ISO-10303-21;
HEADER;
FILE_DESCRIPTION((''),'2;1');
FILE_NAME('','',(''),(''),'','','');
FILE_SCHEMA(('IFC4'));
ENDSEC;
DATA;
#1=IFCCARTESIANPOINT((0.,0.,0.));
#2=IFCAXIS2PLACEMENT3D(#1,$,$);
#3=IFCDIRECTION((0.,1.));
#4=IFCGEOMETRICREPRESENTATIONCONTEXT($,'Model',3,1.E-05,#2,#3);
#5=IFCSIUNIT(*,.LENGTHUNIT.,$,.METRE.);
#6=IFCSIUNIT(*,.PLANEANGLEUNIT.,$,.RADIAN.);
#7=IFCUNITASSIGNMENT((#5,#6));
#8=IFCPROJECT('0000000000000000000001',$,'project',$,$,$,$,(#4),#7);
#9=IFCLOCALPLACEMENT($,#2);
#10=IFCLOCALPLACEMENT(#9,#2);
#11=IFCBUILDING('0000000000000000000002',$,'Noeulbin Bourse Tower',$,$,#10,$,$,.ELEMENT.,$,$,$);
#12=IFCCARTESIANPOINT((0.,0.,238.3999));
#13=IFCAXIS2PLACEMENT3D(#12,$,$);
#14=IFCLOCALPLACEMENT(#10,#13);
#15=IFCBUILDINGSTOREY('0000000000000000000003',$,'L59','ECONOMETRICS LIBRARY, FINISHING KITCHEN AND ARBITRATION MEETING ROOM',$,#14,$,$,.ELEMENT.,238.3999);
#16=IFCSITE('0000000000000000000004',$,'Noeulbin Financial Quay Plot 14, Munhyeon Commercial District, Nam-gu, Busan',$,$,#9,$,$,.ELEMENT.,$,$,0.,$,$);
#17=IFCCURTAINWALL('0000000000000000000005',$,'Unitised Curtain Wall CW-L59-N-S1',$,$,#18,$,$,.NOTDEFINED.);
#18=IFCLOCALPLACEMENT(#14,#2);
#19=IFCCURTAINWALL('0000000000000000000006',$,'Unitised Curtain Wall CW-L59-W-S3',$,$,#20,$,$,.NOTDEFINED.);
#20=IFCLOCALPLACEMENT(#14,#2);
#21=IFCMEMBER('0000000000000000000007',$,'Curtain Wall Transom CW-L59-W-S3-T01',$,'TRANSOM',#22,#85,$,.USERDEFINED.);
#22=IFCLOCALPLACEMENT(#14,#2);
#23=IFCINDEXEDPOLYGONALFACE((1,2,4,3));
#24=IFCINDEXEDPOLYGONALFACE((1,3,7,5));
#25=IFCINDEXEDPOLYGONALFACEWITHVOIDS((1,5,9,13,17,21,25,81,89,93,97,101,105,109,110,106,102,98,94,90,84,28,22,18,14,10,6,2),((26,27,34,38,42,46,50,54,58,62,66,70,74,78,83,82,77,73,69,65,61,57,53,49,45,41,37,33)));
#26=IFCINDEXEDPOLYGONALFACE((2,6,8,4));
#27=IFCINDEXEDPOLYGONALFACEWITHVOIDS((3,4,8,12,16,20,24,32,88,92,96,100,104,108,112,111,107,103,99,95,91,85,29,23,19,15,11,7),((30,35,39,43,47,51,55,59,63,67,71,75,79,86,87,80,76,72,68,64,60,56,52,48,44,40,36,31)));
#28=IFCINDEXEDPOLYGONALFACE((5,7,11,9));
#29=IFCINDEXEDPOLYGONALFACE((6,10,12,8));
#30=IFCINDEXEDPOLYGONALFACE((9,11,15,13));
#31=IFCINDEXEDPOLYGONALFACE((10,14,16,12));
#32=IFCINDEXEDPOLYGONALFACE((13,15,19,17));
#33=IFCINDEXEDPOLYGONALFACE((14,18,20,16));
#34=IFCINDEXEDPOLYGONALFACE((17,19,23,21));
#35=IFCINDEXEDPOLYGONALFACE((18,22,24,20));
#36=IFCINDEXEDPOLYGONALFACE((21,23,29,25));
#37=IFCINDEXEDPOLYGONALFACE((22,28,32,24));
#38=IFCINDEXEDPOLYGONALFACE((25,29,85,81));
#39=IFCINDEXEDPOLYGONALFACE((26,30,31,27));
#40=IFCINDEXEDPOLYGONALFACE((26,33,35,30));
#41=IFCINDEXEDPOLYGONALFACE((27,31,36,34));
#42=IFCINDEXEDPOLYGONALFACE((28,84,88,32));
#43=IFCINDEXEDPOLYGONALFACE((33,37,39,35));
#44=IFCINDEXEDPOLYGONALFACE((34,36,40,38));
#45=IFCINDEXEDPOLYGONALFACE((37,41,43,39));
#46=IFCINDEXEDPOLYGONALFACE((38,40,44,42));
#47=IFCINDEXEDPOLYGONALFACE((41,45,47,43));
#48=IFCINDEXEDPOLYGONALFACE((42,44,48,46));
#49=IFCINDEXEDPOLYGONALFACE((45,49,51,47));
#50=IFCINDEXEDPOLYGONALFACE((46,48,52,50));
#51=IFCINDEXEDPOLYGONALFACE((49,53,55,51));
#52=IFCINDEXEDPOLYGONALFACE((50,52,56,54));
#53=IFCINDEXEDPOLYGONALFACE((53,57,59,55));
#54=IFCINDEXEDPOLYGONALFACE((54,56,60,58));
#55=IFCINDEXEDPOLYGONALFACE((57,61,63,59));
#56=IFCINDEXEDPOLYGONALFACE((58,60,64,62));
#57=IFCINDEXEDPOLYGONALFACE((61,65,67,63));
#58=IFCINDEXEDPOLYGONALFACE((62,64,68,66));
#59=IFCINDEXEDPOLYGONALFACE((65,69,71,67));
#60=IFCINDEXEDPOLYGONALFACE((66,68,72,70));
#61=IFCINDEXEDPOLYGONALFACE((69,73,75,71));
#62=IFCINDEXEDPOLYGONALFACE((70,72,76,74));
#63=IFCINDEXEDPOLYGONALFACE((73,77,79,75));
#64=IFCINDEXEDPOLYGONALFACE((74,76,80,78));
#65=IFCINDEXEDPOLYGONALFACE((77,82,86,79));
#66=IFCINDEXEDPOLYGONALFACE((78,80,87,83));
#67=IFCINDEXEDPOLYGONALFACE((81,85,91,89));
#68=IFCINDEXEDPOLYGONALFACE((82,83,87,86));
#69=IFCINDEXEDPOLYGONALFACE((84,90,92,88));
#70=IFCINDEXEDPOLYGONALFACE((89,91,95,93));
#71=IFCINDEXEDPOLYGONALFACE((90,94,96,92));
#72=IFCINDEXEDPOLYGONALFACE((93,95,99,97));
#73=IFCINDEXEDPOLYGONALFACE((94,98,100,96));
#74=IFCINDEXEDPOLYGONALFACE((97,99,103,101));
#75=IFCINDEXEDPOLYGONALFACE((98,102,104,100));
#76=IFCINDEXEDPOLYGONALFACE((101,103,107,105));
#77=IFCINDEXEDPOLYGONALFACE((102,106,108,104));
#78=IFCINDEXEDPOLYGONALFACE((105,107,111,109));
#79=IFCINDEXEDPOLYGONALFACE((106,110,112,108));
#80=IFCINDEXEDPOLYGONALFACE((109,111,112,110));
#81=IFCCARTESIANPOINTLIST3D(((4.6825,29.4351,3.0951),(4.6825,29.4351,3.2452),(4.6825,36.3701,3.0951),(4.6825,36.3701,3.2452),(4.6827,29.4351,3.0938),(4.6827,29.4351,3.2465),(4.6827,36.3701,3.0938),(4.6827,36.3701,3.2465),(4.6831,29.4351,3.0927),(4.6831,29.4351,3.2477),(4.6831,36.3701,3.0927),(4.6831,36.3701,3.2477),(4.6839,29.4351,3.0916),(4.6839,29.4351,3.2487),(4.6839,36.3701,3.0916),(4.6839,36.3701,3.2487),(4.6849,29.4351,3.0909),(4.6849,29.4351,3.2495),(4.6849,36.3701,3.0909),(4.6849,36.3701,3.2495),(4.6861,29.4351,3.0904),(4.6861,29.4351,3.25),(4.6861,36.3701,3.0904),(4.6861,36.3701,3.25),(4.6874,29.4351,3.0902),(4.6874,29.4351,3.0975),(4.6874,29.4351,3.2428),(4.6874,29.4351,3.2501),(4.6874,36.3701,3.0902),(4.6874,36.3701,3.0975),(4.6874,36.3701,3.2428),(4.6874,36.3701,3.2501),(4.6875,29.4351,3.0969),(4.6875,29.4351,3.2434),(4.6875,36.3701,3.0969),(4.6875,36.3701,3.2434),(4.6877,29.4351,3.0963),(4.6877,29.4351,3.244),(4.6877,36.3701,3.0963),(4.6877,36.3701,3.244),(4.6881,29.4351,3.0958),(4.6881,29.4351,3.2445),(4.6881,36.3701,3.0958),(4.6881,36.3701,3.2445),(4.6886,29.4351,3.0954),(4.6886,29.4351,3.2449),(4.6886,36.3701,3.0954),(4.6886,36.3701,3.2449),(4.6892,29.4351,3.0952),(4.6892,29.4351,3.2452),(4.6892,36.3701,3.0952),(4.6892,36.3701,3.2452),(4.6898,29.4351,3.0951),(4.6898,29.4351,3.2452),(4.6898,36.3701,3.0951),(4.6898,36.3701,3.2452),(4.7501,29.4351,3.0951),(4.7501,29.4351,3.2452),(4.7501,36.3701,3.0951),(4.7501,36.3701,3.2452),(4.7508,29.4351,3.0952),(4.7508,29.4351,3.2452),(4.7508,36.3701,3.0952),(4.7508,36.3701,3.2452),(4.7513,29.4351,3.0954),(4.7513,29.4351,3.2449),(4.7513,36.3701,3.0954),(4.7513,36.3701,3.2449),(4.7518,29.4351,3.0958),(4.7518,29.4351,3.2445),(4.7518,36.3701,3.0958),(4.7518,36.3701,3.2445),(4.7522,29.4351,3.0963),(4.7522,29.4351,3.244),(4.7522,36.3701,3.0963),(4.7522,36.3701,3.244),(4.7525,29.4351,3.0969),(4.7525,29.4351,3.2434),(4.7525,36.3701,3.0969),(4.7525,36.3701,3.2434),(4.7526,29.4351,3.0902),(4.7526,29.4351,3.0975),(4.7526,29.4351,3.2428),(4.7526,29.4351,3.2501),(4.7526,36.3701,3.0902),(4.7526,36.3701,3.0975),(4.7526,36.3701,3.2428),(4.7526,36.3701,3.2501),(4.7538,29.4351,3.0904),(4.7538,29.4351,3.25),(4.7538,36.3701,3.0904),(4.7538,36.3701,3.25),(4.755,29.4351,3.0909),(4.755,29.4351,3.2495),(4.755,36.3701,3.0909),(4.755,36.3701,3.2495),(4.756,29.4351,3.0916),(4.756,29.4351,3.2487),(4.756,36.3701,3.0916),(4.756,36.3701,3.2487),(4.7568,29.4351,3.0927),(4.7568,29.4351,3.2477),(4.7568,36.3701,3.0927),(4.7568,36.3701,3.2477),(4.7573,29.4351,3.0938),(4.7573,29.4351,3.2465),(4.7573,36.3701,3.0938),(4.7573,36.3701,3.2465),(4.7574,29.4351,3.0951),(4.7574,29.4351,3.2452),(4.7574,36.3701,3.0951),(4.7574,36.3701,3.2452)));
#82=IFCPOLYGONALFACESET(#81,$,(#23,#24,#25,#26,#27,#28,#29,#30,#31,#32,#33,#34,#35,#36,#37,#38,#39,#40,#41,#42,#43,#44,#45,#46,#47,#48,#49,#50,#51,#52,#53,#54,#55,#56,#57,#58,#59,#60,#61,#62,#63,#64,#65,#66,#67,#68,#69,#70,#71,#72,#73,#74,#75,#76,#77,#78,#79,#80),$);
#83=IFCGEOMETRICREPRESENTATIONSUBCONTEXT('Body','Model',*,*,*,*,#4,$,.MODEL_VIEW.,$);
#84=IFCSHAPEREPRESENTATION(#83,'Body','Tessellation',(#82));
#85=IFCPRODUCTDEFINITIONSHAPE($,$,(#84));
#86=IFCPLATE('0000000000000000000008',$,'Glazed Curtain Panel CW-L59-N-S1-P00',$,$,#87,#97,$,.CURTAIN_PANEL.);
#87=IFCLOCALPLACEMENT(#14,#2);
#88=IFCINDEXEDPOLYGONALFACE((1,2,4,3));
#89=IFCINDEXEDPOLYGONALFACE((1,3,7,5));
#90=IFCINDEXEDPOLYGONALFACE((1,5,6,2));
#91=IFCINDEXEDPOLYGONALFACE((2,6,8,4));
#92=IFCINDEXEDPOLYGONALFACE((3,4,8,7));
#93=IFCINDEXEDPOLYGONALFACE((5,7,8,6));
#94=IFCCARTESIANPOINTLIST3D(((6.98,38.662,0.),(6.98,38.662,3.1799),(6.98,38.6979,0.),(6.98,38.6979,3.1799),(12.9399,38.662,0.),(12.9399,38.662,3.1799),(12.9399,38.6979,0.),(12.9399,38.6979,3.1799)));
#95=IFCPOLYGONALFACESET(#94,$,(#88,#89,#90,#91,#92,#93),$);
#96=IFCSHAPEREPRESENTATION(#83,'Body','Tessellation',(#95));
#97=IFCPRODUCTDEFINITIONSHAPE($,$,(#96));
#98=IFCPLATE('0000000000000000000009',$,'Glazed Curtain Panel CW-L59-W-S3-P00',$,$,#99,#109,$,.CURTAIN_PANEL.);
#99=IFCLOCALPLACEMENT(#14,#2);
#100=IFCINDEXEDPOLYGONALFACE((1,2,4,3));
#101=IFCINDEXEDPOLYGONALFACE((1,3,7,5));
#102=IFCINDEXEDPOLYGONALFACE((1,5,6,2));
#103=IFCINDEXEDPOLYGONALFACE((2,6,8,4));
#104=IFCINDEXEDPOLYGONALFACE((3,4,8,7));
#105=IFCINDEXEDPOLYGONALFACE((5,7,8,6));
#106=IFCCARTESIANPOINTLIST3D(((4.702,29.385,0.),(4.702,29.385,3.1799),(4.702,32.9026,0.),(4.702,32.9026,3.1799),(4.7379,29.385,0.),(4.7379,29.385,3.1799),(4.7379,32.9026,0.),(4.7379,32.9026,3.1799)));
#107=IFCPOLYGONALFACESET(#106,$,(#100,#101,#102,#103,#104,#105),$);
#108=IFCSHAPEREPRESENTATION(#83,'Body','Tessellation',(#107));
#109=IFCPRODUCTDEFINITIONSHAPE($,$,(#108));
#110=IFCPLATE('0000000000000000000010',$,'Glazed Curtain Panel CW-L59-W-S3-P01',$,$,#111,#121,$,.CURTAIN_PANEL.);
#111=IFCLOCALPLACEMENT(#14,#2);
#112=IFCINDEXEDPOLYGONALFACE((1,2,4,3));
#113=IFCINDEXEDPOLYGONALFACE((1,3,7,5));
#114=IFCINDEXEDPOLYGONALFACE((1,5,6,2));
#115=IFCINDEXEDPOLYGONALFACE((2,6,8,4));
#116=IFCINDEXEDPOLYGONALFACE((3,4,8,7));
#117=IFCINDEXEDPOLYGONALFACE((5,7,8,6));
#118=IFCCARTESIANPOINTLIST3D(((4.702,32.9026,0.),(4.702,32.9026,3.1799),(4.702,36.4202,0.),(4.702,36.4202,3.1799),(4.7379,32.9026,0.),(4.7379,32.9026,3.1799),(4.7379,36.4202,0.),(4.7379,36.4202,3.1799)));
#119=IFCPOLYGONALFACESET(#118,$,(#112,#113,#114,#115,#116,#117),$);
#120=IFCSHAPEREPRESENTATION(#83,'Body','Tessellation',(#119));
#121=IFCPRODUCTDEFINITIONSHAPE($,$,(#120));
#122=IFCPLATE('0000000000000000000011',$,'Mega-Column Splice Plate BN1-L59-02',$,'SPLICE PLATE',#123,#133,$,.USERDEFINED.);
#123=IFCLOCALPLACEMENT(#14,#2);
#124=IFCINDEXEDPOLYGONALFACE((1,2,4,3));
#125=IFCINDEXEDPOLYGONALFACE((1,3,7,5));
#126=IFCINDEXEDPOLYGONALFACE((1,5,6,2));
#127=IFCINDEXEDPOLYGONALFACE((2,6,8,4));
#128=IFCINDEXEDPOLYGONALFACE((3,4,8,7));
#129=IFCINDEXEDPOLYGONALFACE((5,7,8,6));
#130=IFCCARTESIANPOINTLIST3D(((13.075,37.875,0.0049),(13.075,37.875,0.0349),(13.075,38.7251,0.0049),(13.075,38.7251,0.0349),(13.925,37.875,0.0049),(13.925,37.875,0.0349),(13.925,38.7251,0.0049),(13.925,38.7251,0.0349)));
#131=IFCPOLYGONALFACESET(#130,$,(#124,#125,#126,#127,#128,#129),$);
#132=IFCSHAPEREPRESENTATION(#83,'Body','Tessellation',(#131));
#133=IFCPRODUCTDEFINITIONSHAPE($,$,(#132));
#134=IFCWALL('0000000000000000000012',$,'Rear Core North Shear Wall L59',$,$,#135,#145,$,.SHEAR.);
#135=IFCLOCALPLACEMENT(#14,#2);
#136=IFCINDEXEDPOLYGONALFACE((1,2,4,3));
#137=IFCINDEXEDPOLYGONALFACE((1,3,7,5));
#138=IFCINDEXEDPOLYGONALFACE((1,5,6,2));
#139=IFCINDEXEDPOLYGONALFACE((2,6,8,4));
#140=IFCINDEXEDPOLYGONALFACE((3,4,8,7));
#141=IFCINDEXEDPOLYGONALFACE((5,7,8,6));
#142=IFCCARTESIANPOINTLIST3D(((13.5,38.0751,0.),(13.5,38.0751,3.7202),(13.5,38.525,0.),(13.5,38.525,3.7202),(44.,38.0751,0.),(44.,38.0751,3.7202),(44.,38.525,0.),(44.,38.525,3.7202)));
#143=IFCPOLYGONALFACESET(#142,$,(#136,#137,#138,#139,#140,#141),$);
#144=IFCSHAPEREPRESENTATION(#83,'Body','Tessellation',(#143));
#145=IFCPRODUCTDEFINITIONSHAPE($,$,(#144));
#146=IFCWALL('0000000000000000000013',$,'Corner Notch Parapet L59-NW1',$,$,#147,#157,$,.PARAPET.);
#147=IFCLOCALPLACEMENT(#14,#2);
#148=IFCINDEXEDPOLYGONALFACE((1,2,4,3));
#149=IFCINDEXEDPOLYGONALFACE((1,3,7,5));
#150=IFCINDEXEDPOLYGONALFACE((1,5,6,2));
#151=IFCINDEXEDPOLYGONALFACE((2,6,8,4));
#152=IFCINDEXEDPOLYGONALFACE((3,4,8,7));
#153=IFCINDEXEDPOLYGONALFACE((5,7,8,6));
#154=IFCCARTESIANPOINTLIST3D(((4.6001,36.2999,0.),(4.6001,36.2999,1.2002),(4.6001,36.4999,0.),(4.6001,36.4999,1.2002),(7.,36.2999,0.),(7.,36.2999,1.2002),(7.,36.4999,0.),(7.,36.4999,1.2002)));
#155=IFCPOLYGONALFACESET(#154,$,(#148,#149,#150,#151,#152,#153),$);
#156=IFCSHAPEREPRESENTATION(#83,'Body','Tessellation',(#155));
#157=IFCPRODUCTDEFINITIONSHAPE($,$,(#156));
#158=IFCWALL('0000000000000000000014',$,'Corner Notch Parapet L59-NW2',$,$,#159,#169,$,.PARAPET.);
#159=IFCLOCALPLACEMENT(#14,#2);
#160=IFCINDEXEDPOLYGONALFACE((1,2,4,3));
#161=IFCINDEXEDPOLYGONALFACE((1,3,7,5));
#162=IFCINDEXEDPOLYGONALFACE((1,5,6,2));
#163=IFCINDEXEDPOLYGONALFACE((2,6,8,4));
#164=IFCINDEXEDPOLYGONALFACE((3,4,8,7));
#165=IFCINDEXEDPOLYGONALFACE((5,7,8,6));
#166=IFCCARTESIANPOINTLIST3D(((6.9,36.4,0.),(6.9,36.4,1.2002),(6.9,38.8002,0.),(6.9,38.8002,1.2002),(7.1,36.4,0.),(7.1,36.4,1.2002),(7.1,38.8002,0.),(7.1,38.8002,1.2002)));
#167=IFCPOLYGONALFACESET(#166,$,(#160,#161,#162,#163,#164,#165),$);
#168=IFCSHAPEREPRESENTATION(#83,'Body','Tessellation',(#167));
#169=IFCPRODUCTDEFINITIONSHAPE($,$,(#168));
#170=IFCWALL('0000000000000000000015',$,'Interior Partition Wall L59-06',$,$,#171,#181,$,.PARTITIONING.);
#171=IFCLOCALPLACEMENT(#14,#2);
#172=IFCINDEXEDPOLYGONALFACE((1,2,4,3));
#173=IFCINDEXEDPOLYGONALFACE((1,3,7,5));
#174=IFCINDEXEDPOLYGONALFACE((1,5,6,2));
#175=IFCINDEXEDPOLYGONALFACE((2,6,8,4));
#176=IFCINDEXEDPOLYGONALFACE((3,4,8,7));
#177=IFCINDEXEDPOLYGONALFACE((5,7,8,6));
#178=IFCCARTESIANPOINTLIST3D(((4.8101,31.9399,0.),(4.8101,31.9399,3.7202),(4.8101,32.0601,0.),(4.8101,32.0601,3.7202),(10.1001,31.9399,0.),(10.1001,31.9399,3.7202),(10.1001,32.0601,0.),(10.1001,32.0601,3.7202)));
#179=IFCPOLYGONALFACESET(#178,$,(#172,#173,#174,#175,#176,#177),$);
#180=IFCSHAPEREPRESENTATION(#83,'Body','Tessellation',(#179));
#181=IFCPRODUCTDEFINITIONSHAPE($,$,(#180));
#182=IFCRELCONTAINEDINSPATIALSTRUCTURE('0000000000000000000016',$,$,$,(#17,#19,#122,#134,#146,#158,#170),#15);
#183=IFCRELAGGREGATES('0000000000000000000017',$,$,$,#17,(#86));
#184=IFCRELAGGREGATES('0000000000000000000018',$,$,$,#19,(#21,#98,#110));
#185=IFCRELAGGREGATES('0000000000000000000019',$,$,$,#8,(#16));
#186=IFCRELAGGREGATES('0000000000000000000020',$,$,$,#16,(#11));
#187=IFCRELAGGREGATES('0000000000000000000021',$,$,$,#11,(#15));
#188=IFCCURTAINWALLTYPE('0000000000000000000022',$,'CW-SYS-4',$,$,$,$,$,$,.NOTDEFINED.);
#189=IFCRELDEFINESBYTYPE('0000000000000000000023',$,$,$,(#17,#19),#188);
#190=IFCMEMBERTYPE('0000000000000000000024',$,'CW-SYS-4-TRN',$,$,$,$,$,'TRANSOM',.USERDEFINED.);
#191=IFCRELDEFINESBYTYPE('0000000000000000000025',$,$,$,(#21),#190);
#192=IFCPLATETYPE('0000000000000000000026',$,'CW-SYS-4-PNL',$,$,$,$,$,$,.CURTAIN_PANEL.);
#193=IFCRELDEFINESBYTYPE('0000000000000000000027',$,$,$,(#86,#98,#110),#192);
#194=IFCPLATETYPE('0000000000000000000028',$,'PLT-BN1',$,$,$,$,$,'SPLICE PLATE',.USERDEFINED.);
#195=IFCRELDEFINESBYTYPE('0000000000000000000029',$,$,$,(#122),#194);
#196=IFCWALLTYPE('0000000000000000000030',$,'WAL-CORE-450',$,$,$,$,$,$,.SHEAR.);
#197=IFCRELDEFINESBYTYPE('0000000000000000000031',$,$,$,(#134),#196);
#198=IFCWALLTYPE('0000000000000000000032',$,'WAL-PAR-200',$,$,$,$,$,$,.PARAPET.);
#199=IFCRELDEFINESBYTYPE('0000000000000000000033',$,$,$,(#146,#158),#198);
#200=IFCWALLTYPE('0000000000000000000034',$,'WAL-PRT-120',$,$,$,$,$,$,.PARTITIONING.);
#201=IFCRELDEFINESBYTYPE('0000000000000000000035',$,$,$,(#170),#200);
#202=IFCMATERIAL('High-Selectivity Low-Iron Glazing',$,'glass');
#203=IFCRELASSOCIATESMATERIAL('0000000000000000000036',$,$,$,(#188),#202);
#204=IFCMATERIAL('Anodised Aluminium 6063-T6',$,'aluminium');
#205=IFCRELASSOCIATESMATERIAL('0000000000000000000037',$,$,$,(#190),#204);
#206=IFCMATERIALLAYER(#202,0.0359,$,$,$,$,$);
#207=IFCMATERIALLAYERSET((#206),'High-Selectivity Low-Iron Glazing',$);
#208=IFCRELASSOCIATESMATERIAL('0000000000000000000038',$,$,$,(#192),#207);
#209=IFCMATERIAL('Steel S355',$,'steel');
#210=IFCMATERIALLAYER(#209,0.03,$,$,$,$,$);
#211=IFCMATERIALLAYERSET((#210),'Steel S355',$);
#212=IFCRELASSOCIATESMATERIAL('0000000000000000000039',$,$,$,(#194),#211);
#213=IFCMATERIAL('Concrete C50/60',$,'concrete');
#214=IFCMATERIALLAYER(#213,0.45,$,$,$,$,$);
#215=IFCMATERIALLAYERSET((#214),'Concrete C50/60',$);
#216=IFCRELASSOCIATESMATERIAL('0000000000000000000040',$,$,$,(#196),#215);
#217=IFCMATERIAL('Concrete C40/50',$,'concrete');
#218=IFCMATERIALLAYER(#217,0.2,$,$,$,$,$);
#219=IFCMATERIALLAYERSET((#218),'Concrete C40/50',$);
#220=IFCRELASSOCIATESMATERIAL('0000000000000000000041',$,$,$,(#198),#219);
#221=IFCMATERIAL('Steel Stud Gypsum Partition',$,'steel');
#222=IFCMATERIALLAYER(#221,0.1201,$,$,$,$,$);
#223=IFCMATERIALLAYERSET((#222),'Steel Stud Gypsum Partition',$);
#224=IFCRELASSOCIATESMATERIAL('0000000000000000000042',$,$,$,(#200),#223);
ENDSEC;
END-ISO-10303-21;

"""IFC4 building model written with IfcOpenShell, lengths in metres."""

from ifc_helpers import new_model, si_unit, direction, frame, frame_2d, origin, origin_2d, place, context, subcontext, project, spatial, rectangle, hollow_rectangle, extrude, material, layer, layer_set, material_profile, profile_set, type_object, element, aggregate, save


model = new_model("IFC4")

# Units and contexts
model_context = context("Model", 3, precision=1e-05, world=origin(), true_north=direction((0.0, 1.0)))
body_context = subcontext(model_context, "Body", "Model", "MODEL_VIEW")
ifc_project = project(units=[si_unit("LENGTHUNIT", "METRE"), si_unit("PLANEANGLEUNIT", "RADIAN")], contexts=[model_context])

# Site, building, storey
site_placement = place(None, origin())
site = spatial("IfcSite", under=ifc_project, at=site_placement, Name="Noeulbin Financial Quay Plot 14, Munhyeon Commercial District, Nam-gu, Busan", CompositionType="ELEMENT", RefElevation=0.0)
building_placement = place(site_placement, origin())
building = spatial("IfcBuilding", under=site, at=building_placement, Name="Noeulbin Bourse Tower", CompositionType="ELEMENT")
storey_placement = place(building_placement, frame((0.0, 0.0, 238.3999)))
storey = spatial("IfcBuildingStorey", under=building, at=storey_placement, Name="L59", Description="ECONOMETRICS LIBRARY, FINISHING KITCHEN AND ARBITRATION MEETING ROOM", CompositionType="ELEMENT", Elevation=238.3999)

# Shared definitions
ifc_material_1 = material(Name="Steel S355", Category="steel")

# Curtain wall
ifc_material_2 = material(Name="High-Selectivity Low-Iron Glazing", Category="glass")
curtain_wall_type = type_object("IfcCurtainWallType", Name="CW-SYS-4", PredefinedType="NOTDEFINED", material=ifc_material_2)
curtain_wall_1_placement = place(storey_placement, origin())
curtain_wall_1 = element("IfcCurtainWall", 1, at=curtain_wall_1_placement, inside=storey, type_object=curtain_wall_type, Name="Unitised Curtain Wall CW-L59-N-S1", PredefinedType="NOTDEFINED")
ifc_material_3 = material(Name="Anodised Aluminium 6063-T6", Category="aluminium")

# Curtain wall
curtain_wall_2_placement = place(storey_placement, origin())
curtain_wall_2 = element("IfcCurtainWall", 2, at=curtain_wall_2_placement, inside=storey, type_object=curtain_wall_type, Name="Unitised Curtain Wall CW-L59-W-S3", PredefinedType="NOTDEFINED")

# Member
ifc_material_profile_1 = material_profile(ifc_material_3, hollow_rectangle(XDim=0.075, YDim=0.1599, WallThickness=0.0049, InnerFilletRadius=0.0024, OuterFilletRadius=0.0049, at=origin_2d()), Name="ALU-TRAN-75x160x5", Category="LoadBearing")
ifc_profile_set_1 = profile_set([ifc_material_profile_1], Name="Anodised Aluminium 6063-T6")
member_type_1 = type_object("IfcMemberType", Name="CW-SYS-4-TRN", ElementType="TRANSOM", PredefinedType="USERDEFINED", material=ifc_profile_set_1)
member_1_placement = place(storey_placement, frame((4.72, 29.4351, 3.1702), z_axis=(0.0, 1.0, 0.0), x_axis=(-1.0, 0.0, 0.0)))
member_1 = element("IfcMember", 3, at=member_1_placement, type_object=member_type_1, Name="Curtain Wall Transom CW-L59-W-S3-T01", ObjectType="TRANSOM", PredefinedType="USERDEFINED", context=body_context, shape_type="SweptSolid", body=[
    extrude(hollow_rectangle(XDim=0.075, YDim=0.1599, WallThickness=0.0049, InnerFilletRadius=0.0024, OuterFilletRadius=0.0049, at=origin_2d()), origin(), (0.0, 0.0, 1.0), 6.9351),
])

# Plates
ifc_layer_1 = layer(ifc_material_2, 0.0359)
ifc_layer_set_1 = layer_set([ifc_layer_1], Name="High-Selectivity Low-Iron Glazing")
plate_type_1 = type_object("IfcPlateType", Name="CW-SYS-4-PNL", PredefinedType="CURTAIN_PANEL", material=ifc_layer_set_1)
plate_1_placement = place(storey_placement, frame((9.96, 38.6799, 0.0), z_axis=(0.0, 0.0, 1.0), x_axis=(1.0, 0.0, 0.0)))
plate_1 = element("IfcPlate", 4, at=plate_1_placement, type_object=plate_type_1, Name="Glazed Curtain Panel CW-L59-N-S1-P00", PredefinedType="CURTAIN_PANEL", context=body_context, shape_type="SweptSolid", body=[
    extrude(rectangle(XDim=5.96, YDim=0.0359, at=origin_2d()), origin(), (0.0, 0.0, 1.0), 3.1799),
])
aggregate(curtain_wall_1, [plate_1])
plate_2_placement = place(storey_placement, frame((4.72, 31.1438, 0.0), z_axis=(0.0, 0.0, 1.0), x_axis=(0.0, 1.0, 0.0)))
plate_2 = element("IfcPlate", 5, at=plate_2_placement, type_object=plate_type_1, Name="Glazed Curtain Panel CW-L59-W-S3-P00", PredefinedType="CURTAIN_PANEL", context=body_context, shape_type="SweptSolid", body=[
    extrude(rectangle(XDim=3.5176, YDim=0.0359, at=origin_2d()), origin(), (0.0, 0.0, 1.0), 3.1799),
])
plate_3_placement = place(storey_placement, frame((4.72, 34.6614, 0.0), z_axis=(0.0, 0.0, 1.0), x_axis=(0.0, 1.0, 0.0)))
plate_3 = element("IfcPlate", 6, at=plate_3_placement, type_object=plate_type_1, Name="Glazed Curtain Panel CW-L59-W-S3-P01", PredefinedType="CURTAIN_PANEL", context=body_context, shape_type="SweptSolid", body=[
    extrude(rectangle(XDim=3.5176, YDim=0.0359, at=origin_2d()), origin(), (0.0, 0.0, 1.0), 3.1799),
])
aggregate(curtain_wall_2, [member_1, plate_2, plate_3])
ifc_layer_2 = layer(ifc_material_1, 0.03)
ifc_layer_set_2 = layer_set([ifc_layer_2], Name="Steel S355")
plate_type_2 = type_object("IfcPlateType", Name="PLT-BN1", ElementType="SPLICE PLATE", PredefinedType="USERDEFINED", material=ifc_layer_set_2)
plate_4_placement = place(storey_placement, frame((13.5, 38.3, 0.0049), z_axis=(0.0, 0.0, 1.0), x_axis=(1.0, 0.0, 0.0)))
element("IfcPlate", 7, at=plate_4_placement, inside=storey, type_object=plate_type_2, Name="Mega-Column Splice Plate BN1-L59-02", ObjectType="SPLICE PLATE", PredefinedType="USERDEFINED", context=body_context, shape_type="SweptSolid", body=[
    extrude(rectangle(XDim=0.8501, YDim=0.8501, at=origin_2d()), origin(), (0.0, 0.0, 1.0), 0.03),
])

# Walls
ifc_material_4 = material(Name="Concrete C50/60", Category="concrete")
ifc_layer_3 = layer(ifc_material_4, 0.45)
ifc_layer_set_3 = layer_set([ifc_layer_3], Name="Concrete C50/60")
wall_type_1 = type_object("IfcWallType", Name="WAL-CORE-450", PredefinedType="SHEAR", material=ifc_layer_set_3)
wall_1_placement = place(storey_placement, frame((13.5, 38.3, 0.0), z_axis=(0.0, 0.0, 1.0), x_axis=(1.0, 0.0, 0.0)))
element("IfcWall", 8, at=wall_1_placement, inside=storey, type_object=wall_type_1, Name="Rear Core North Shear Wall L59", PredefinedType="SHEAR", context=body_context, shape_type="SweptSolid", body=[
    extrude(rectangle(XDim=30.5, YDim=0.45, at=frame_2d((15.25, 0.0))), origin(), (0.0, 0.0, 1.0), 3.7202),
])
ifc_material_5 = material(Name="Concrete C40/50", Category="concrete")
ifc_layer_4 = layer(ifc_material_5, 0.2)
ifc_layer_set_4 = layer_set([ifc_layer_4], Name="Concrete C40/50")
wall_type_2 = type_object("IfcWallType", Name="WAL-PAR-200", PredefinedType="PARAPET", material=ifc_layer_set_4)
wall_2_placement = place(storey_placement, frame((4.6001, 36.3999, 0.0), z_axis=(0.0, 0.0, 1.0), x_axis=(1.0, 0.0, 0.0)))
element("IfcWall", 9, at=wall_2_placement, inside=storey, type_object=wall_type_2, Name="Corner Notch Parapet L59-NW1", PredefinedType="PARAPET", context=body_context, shape_type="SweptSolid", body=[
    extrude(rectangle(XDim=2.3999, YDim=0.2, at=frame_2d((1.2, 0.0))), origin(), (0.0, 0.0, 1.0), 1.2002),
])
wall_3_placement = place(storey_placement, frame((7.0, 36.3999, 0.0), z_axis=(0.0, 0.0, 1.0), x_axis=(0.0, 1.0, 0.0)))
element("IfcWall", 10, at=wall_3_placement, inside=storey, type_object=wall_type_2, Name="Corner Notch Parapet L59-NW2", PredefinedType="PARAPET", context=body_context, shape_type="SweptSolid", body=[
    extrude(rectangle(XDim=2.4001, YDim=0.2, at=frame_2d((1.2002, 0.0))), origin(), (0.0, 0.0, 1.0), 1.2002),
])
ifc_material_6 = material(Name="Steel Stud Gypsum Partition", Category="steel")
ifc_layer_5 = layer(ifc_material_6, 0.1201)
ifc_layer_set_5 = layer_set([ifc_layer_5], Name="Steel Stud Gypsum Partition")
wall_type_3 = type_object("IfcWallType", Name="WAL-PRT-120", PredefinedType="PARTITIONING", material=ifc_layer_set_5)
wall_4_placement = place(storey_placement, frame((4.8101, 32.0, 0.0), z_axis=(0.0, 0.0, 1.0), x_axis=(1.0, 0.0, 0.0)))
element("IfcWall", 11, at=wall_4_placement, inside=storey, type_object=wall_type_3, Name="Interior Partition Wall L59-06", PredefinedType="PARTITIONING", context=body_context, shape_type="SweptSolid", body=[
    extrude(rectangle(XDim=5.29, YDim=0.1201, at=frame_2d((2.645, 0.0))), origin(), (0.0, 0.0, 1.0), 3.7202),
])

save(model, "model.ifc")
